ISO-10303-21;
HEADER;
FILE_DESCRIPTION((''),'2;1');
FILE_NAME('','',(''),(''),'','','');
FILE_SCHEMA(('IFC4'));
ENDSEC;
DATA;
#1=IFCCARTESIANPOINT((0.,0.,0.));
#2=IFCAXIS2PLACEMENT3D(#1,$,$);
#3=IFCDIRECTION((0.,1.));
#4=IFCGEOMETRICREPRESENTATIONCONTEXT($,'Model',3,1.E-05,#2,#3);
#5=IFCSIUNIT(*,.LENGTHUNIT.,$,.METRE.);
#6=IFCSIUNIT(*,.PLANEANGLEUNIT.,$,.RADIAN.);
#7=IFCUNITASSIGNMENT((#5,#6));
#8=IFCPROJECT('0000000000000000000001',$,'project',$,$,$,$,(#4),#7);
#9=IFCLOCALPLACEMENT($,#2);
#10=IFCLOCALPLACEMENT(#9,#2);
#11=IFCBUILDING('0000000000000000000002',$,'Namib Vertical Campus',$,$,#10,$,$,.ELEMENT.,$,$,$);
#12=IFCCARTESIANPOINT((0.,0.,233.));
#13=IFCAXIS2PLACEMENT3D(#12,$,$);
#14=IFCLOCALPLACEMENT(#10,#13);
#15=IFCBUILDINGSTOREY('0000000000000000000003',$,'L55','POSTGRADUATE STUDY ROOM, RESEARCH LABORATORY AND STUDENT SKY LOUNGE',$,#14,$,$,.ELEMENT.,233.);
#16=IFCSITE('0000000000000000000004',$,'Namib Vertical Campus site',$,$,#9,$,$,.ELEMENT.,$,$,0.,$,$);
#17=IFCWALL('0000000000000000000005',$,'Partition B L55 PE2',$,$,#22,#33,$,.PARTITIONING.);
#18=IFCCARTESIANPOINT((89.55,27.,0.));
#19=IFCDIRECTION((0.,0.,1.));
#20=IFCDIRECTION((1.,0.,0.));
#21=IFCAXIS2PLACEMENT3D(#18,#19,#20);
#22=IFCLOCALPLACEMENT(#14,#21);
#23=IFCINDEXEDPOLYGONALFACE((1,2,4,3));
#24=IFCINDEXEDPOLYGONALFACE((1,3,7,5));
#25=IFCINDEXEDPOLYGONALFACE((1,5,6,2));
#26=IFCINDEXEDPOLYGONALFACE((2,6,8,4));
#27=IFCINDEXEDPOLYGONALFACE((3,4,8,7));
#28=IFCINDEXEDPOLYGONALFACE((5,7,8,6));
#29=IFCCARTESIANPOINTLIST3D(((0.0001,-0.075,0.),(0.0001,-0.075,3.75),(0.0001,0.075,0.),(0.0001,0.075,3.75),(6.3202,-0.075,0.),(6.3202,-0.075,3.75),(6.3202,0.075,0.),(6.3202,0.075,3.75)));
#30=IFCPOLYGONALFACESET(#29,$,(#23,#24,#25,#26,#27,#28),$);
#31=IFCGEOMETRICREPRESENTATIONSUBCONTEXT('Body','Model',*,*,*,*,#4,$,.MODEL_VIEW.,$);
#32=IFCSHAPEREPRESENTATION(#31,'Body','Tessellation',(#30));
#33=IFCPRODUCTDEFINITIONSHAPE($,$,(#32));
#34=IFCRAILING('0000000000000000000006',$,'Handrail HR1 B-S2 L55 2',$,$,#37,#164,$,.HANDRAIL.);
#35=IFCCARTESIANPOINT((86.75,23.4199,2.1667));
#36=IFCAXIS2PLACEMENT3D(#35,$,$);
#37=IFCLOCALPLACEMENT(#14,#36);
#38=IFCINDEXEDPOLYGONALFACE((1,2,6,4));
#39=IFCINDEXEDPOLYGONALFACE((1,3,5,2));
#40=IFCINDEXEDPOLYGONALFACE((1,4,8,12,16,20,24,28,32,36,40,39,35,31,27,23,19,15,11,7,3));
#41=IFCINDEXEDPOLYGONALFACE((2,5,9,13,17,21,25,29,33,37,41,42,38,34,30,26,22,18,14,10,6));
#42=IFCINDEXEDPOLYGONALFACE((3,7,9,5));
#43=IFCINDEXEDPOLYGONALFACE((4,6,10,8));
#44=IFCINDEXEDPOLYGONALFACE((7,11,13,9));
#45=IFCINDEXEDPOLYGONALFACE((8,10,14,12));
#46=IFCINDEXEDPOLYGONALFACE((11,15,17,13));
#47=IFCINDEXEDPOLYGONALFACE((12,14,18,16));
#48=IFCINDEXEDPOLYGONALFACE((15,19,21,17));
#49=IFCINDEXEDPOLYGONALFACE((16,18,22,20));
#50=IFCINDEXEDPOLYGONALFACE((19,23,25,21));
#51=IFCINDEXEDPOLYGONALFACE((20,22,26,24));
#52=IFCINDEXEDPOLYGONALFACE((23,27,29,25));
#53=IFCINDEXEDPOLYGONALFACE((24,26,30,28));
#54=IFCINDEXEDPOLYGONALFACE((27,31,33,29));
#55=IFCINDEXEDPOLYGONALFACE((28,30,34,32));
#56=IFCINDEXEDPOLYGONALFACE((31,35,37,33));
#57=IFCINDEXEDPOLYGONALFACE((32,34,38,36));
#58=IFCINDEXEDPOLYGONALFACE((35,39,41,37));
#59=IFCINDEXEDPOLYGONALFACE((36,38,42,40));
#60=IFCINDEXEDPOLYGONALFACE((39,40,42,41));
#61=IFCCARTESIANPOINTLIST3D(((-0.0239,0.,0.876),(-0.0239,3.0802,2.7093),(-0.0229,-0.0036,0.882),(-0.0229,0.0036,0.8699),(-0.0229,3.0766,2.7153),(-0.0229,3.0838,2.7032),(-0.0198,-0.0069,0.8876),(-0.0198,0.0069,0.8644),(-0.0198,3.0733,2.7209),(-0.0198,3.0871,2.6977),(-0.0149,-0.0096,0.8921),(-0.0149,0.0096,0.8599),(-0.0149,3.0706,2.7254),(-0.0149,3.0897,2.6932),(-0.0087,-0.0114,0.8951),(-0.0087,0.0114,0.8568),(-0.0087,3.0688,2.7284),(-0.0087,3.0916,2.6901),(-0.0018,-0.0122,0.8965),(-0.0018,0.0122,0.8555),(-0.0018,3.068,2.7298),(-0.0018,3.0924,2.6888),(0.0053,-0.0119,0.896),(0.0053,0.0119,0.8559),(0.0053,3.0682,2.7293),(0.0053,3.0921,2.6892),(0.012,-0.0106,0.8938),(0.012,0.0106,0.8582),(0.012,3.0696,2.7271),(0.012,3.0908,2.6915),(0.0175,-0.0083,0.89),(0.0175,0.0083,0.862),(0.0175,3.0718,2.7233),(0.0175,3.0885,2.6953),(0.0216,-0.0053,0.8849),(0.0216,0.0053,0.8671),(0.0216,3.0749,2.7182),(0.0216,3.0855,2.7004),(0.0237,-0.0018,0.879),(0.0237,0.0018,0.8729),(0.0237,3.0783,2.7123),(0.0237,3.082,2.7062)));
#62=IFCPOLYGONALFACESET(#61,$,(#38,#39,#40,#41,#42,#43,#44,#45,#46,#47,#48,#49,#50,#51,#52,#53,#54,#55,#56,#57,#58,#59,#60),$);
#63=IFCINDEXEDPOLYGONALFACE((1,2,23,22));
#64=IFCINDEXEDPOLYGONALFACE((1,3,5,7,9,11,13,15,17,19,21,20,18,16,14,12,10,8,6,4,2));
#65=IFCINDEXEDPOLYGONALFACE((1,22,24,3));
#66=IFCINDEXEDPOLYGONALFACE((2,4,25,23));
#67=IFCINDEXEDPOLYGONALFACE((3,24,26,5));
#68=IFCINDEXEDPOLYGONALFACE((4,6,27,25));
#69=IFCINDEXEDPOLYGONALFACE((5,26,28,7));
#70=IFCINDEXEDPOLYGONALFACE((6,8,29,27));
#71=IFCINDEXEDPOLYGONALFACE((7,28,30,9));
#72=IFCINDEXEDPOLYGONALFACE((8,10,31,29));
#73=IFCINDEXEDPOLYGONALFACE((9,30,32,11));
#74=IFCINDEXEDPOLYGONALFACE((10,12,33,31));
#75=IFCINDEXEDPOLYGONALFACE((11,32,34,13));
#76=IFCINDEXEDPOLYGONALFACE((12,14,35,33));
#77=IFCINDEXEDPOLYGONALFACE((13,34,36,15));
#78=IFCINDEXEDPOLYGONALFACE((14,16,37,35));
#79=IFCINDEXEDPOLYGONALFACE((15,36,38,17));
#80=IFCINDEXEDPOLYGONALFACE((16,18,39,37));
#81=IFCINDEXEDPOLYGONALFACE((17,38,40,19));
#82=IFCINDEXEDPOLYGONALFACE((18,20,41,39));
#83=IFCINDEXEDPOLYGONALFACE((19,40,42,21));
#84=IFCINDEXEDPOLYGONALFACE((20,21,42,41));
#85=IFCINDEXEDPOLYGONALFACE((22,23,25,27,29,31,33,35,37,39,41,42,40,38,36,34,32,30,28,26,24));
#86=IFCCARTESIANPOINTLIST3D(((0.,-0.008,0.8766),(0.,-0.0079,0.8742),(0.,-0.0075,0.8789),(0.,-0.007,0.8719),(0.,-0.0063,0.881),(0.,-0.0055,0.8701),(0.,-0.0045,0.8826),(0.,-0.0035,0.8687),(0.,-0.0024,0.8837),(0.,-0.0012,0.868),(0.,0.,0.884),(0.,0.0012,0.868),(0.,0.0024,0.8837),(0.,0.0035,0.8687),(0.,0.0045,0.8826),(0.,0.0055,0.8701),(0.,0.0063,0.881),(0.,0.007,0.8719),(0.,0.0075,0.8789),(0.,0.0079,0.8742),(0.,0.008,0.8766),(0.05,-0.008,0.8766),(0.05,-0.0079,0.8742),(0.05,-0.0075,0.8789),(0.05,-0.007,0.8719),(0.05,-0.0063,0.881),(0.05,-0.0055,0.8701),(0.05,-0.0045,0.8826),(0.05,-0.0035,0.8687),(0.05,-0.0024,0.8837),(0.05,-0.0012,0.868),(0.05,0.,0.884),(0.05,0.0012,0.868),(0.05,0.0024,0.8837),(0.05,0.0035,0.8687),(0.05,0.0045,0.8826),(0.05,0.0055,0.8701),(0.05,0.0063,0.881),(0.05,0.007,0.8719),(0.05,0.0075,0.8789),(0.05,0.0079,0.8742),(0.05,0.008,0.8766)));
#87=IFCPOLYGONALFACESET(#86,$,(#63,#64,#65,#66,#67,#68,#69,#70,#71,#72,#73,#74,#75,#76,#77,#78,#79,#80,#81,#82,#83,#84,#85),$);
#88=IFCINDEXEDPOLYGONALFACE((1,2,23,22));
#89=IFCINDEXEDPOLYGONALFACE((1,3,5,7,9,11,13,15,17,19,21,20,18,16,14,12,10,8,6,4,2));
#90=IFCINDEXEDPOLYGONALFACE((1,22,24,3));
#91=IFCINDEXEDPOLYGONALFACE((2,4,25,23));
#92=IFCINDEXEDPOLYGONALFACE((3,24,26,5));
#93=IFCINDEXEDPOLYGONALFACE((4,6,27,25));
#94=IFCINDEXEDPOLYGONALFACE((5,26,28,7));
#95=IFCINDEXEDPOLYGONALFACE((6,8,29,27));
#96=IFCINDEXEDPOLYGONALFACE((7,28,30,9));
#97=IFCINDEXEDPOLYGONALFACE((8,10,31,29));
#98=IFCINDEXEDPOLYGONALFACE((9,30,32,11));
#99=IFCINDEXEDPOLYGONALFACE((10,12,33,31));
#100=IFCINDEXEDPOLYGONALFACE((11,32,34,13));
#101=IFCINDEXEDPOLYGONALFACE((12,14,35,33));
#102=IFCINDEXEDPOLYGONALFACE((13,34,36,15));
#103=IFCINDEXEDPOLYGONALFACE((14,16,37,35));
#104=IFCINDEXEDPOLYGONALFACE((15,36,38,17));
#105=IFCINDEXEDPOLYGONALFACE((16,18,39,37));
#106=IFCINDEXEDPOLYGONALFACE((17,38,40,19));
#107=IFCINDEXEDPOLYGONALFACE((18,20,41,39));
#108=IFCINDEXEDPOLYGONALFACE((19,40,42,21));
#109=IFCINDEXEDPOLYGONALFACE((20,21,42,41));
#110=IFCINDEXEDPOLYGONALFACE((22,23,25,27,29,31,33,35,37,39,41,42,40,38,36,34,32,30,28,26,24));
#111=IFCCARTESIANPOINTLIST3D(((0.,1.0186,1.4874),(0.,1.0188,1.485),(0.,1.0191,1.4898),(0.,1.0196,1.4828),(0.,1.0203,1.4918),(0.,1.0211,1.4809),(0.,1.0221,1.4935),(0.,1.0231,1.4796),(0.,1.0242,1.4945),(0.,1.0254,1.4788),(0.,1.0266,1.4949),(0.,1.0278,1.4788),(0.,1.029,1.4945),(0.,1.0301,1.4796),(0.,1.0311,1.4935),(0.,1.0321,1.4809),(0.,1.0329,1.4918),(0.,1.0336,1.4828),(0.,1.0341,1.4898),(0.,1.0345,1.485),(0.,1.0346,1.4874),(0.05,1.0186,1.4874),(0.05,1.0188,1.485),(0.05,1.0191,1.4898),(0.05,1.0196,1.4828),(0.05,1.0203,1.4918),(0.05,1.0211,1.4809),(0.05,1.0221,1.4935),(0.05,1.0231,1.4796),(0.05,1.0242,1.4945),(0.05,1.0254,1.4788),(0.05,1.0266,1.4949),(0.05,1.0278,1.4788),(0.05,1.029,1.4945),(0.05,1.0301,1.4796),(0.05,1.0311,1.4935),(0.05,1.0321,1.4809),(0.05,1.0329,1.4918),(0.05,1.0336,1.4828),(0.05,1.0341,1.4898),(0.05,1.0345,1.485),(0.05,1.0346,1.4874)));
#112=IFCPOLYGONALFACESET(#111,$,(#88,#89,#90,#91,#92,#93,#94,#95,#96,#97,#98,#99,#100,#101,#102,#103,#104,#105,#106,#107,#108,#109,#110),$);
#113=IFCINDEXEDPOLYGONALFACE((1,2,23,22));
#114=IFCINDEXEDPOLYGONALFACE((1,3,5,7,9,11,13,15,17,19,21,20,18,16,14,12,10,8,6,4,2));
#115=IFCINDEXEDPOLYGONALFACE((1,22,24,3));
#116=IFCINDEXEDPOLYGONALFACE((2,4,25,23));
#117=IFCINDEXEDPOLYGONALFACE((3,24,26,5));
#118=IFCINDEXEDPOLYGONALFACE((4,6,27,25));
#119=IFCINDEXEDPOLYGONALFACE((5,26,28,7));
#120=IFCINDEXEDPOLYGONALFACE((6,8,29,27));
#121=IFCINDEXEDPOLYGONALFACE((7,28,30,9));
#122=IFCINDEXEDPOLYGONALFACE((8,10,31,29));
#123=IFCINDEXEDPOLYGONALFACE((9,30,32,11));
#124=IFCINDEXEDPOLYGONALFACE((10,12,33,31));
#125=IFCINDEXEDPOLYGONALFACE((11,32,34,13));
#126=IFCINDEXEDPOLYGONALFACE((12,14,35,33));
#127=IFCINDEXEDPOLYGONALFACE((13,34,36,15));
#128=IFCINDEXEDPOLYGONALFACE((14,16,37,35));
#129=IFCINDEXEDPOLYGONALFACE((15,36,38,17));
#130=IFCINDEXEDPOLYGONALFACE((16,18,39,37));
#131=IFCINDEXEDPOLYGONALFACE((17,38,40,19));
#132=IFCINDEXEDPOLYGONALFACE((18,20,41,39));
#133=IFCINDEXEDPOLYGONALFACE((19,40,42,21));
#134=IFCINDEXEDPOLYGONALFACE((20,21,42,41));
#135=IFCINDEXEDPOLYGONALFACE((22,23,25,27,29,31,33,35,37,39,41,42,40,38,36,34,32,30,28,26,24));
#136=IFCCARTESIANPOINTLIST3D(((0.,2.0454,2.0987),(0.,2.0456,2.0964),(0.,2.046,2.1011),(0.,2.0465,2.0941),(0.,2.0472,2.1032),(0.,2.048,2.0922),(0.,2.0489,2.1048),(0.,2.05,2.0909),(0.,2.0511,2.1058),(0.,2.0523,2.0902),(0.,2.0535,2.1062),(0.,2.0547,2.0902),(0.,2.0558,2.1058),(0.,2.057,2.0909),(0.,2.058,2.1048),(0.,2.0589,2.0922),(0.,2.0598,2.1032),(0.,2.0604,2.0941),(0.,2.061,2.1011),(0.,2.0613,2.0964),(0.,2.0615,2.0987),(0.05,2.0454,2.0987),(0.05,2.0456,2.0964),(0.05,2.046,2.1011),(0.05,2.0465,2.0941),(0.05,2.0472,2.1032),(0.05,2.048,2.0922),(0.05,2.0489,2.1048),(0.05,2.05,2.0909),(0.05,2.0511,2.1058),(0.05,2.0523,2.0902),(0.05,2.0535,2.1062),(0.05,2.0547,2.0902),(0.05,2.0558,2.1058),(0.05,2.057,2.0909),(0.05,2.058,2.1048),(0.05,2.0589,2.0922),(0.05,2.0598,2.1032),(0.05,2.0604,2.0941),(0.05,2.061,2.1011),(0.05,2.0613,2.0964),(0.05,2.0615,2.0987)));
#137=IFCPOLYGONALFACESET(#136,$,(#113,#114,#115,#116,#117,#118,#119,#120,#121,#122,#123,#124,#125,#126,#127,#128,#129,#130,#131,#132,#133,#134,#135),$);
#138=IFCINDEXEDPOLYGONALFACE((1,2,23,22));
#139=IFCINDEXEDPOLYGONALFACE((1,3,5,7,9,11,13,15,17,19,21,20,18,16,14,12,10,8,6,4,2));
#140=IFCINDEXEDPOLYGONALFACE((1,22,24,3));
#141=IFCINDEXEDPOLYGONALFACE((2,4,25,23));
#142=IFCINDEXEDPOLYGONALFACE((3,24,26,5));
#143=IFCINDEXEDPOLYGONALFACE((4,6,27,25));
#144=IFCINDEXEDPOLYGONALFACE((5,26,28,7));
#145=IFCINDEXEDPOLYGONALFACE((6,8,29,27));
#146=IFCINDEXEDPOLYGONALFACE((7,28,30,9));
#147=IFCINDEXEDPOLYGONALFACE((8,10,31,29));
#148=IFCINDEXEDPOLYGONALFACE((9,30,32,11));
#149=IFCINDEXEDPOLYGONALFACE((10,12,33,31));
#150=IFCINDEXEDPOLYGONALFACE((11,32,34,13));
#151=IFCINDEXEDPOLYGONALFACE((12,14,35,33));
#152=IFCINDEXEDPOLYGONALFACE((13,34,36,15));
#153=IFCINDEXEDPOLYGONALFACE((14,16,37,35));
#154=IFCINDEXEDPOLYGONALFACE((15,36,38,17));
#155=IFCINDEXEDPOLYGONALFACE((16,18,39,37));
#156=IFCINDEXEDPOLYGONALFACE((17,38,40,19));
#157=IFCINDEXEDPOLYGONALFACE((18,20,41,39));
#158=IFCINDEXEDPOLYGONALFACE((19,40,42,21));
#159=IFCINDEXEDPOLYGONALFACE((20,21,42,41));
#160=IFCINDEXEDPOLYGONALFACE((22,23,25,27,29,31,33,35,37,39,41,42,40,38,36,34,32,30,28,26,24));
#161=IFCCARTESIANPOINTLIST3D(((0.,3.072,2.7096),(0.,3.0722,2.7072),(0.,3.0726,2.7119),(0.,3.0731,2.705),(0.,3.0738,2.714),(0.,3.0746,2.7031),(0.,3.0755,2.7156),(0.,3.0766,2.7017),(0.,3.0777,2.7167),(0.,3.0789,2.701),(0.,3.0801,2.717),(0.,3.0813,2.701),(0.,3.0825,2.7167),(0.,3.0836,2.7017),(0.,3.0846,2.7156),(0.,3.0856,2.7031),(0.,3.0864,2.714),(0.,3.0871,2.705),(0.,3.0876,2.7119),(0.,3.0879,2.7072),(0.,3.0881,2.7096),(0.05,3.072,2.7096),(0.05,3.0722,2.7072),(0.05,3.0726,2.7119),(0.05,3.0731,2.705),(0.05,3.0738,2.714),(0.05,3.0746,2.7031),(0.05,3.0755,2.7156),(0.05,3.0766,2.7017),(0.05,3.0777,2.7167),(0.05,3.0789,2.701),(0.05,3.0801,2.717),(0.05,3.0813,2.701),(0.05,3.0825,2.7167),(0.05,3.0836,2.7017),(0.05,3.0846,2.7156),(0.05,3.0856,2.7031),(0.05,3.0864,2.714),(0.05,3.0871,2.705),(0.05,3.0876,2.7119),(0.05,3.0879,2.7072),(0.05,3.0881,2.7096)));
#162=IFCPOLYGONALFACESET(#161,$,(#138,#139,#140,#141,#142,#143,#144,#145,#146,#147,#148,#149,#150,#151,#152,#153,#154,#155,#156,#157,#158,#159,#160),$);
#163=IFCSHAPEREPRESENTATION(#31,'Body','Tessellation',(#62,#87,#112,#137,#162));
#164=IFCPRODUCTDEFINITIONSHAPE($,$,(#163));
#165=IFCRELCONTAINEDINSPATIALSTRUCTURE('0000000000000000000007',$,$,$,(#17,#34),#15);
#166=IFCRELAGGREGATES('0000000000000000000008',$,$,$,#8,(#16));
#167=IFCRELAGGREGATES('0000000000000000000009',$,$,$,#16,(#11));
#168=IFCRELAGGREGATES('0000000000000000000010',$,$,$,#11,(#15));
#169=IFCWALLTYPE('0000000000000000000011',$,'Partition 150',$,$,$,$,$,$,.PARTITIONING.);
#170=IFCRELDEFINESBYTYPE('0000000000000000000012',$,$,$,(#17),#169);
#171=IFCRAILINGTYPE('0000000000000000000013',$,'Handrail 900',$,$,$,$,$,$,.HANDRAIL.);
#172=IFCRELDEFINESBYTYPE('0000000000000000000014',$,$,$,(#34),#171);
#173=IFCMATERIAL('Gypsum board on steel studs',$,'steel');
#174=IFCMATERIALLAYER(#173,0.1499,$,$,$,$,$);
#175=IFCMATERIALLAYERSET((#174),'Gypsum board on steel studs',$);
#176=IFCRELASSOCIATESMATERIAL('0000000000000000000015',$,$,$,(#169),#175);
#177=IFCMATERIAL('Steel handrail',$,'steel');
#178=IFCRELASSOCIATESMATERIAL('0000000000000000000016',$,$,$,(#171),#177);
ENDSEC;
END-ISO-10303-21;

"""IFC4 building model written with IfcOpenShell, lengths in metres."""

from ifc_helpers import new_model, si_unit, direction, frame, frame_2d, origin, origin_2d, place, context, subcontext, project, spatial, rectangle, circle, extrude, material, layer, layer_set, type_object, element, save


model = new_model("IFC4")

# Units and contexts
model_context = context("Model", 3, precision=1e-05, world=origin(), true_north=direction((0.0, 1.0)))
body_context = subcontext(model_context, "Body", "Model", "MODEL_VIEW")
ifc_project = project(units=[si_unit("LENGTHUNIT", "METRE"), si_unit("PLANEANGLEUNIT", "RADIAN")], contexts=[model_context])

# Site, building, storey
site_placement = place(None, origin())
site = spatial("IfcSite", under=ifc_project, at=site_placement, Name="Namib Vertical Campus site", CompositionType="ELEMENT", RefElevation=0.0)
building_placement = place(site_placement, origin())
building = spatial("IfcBuilding", under=site, at=building_placement, Name="Namib Vertical Campus", CompositionType="ELEMENT")
storey_placement = place(building_placement, frame((0.0, 0.0, 233.0)))
storey = spatial("IfcBuildingStorey", under=building, at=storey_placement, Name="L55", Description="POSTGRADUATE STUDY ROOM, RESEARCH LABORATORY AND STUDENT SKY LOUNGE", CompositionType="ELEMENT", Elevation=233.0)

# Wall
ifc_material_1 = material(Name="Gypsum board on steel studs", Category="steel")
ifc_layer_1 = layer(ifc_material_1, 0.1499)
ifc_layer_set_1 = layer_set([ifc_layer_1], Name="Gypsum board on steel studs")
wall_type_1 = type_object("IfcWallType", Name="Partition 150", PredefinedType="PARTITIONING", material=ifc_layer_set_1)
wall_1_placement = place(storey_placement, frame((89.55, 27.0, 0.0), z_axis=(0.0, 0.0, 1.0), x_axis=(1.0, 0.0, 0.0)))
element("IfcWall", 1, at=wall_1_placement, inside=storey, type_object=wall_type_1, Name="Partition B L55 PE2", PredefinedType="PARTITIONING", context=body_context, shape_type="SweptSolid", body=[
    extrude(rectangle(XDim=6.3201, YDim=0.1499, at=frame_2d((3.1602, 0.0))), origin(), (0.0, 0.0, 1.0), 3.75),
])

# Railing
ifc_material_2 = material(Name="Steel handrail", Category="steel")
railing_type = type_object("IfcRailingType", Name="Handrail 900", PredefinedType="HANDRAIL", material=ifc_material_2)
railing_1_placement = place(storey_placement, frame((86.75, 23.4199, 2.1667)))
element("IfcRailing", 2, at=railing_1_placement, inside=storey, type_object=railing_type, Name="Handrail HR1 B-S2 L55 2", PredefinedType="HANDRAIL", context=body_context, shape_type="SweptSolid", body=[
    extrude(circle(Radius=0.0239, at=origin_2d()), frame((0.0, 0.0, 0.876), z_axis=(0.0, 0.859309, 0.511458), x_axis=(-1.0, 0.0, 0.0)), (0.0, 0.0, 1.0), 3.5845),
    extrude(circle(Radius=0.0081, at=origin_2d()), frame((0.0, 0.0, 0.876), z_axis=(1.0, 0.0, 0.0), x_axis=(0.0, 0.0, 1.0)), (0.0, 0.0, 1.0), 0.05),
    extrude(circle(Radius=0.0081, at=origin_2d()), frame((0.0, 1.0266, 1.4868), z_axis=(1.0, 0.0, 0.0), x_axis=(0.0, 0.0, 1.0)), (0.0, 0.0, 1.0), 0.05),
    extrude(circle(Radius=0.0081, at=origin_2d()), frame((0.0, 2.0535, 2.0981), z_axis=(1.0, 0.0, 0.0), x_axis=(0.0, 0.0, 1.0)), (0.0, 0.0, 1.0), 0.05),
    extrude(circle(Radius=0.0081, at=origin_2d()), frame((0.0, 3.0801, 2.709), z_axis=(1.0, 0.0, 0.0), x_axis=(0.0, 0.0, 1.0)), (0.0, 0.0, 1.0), 0.05),
])

save(model, "model.ifc")
